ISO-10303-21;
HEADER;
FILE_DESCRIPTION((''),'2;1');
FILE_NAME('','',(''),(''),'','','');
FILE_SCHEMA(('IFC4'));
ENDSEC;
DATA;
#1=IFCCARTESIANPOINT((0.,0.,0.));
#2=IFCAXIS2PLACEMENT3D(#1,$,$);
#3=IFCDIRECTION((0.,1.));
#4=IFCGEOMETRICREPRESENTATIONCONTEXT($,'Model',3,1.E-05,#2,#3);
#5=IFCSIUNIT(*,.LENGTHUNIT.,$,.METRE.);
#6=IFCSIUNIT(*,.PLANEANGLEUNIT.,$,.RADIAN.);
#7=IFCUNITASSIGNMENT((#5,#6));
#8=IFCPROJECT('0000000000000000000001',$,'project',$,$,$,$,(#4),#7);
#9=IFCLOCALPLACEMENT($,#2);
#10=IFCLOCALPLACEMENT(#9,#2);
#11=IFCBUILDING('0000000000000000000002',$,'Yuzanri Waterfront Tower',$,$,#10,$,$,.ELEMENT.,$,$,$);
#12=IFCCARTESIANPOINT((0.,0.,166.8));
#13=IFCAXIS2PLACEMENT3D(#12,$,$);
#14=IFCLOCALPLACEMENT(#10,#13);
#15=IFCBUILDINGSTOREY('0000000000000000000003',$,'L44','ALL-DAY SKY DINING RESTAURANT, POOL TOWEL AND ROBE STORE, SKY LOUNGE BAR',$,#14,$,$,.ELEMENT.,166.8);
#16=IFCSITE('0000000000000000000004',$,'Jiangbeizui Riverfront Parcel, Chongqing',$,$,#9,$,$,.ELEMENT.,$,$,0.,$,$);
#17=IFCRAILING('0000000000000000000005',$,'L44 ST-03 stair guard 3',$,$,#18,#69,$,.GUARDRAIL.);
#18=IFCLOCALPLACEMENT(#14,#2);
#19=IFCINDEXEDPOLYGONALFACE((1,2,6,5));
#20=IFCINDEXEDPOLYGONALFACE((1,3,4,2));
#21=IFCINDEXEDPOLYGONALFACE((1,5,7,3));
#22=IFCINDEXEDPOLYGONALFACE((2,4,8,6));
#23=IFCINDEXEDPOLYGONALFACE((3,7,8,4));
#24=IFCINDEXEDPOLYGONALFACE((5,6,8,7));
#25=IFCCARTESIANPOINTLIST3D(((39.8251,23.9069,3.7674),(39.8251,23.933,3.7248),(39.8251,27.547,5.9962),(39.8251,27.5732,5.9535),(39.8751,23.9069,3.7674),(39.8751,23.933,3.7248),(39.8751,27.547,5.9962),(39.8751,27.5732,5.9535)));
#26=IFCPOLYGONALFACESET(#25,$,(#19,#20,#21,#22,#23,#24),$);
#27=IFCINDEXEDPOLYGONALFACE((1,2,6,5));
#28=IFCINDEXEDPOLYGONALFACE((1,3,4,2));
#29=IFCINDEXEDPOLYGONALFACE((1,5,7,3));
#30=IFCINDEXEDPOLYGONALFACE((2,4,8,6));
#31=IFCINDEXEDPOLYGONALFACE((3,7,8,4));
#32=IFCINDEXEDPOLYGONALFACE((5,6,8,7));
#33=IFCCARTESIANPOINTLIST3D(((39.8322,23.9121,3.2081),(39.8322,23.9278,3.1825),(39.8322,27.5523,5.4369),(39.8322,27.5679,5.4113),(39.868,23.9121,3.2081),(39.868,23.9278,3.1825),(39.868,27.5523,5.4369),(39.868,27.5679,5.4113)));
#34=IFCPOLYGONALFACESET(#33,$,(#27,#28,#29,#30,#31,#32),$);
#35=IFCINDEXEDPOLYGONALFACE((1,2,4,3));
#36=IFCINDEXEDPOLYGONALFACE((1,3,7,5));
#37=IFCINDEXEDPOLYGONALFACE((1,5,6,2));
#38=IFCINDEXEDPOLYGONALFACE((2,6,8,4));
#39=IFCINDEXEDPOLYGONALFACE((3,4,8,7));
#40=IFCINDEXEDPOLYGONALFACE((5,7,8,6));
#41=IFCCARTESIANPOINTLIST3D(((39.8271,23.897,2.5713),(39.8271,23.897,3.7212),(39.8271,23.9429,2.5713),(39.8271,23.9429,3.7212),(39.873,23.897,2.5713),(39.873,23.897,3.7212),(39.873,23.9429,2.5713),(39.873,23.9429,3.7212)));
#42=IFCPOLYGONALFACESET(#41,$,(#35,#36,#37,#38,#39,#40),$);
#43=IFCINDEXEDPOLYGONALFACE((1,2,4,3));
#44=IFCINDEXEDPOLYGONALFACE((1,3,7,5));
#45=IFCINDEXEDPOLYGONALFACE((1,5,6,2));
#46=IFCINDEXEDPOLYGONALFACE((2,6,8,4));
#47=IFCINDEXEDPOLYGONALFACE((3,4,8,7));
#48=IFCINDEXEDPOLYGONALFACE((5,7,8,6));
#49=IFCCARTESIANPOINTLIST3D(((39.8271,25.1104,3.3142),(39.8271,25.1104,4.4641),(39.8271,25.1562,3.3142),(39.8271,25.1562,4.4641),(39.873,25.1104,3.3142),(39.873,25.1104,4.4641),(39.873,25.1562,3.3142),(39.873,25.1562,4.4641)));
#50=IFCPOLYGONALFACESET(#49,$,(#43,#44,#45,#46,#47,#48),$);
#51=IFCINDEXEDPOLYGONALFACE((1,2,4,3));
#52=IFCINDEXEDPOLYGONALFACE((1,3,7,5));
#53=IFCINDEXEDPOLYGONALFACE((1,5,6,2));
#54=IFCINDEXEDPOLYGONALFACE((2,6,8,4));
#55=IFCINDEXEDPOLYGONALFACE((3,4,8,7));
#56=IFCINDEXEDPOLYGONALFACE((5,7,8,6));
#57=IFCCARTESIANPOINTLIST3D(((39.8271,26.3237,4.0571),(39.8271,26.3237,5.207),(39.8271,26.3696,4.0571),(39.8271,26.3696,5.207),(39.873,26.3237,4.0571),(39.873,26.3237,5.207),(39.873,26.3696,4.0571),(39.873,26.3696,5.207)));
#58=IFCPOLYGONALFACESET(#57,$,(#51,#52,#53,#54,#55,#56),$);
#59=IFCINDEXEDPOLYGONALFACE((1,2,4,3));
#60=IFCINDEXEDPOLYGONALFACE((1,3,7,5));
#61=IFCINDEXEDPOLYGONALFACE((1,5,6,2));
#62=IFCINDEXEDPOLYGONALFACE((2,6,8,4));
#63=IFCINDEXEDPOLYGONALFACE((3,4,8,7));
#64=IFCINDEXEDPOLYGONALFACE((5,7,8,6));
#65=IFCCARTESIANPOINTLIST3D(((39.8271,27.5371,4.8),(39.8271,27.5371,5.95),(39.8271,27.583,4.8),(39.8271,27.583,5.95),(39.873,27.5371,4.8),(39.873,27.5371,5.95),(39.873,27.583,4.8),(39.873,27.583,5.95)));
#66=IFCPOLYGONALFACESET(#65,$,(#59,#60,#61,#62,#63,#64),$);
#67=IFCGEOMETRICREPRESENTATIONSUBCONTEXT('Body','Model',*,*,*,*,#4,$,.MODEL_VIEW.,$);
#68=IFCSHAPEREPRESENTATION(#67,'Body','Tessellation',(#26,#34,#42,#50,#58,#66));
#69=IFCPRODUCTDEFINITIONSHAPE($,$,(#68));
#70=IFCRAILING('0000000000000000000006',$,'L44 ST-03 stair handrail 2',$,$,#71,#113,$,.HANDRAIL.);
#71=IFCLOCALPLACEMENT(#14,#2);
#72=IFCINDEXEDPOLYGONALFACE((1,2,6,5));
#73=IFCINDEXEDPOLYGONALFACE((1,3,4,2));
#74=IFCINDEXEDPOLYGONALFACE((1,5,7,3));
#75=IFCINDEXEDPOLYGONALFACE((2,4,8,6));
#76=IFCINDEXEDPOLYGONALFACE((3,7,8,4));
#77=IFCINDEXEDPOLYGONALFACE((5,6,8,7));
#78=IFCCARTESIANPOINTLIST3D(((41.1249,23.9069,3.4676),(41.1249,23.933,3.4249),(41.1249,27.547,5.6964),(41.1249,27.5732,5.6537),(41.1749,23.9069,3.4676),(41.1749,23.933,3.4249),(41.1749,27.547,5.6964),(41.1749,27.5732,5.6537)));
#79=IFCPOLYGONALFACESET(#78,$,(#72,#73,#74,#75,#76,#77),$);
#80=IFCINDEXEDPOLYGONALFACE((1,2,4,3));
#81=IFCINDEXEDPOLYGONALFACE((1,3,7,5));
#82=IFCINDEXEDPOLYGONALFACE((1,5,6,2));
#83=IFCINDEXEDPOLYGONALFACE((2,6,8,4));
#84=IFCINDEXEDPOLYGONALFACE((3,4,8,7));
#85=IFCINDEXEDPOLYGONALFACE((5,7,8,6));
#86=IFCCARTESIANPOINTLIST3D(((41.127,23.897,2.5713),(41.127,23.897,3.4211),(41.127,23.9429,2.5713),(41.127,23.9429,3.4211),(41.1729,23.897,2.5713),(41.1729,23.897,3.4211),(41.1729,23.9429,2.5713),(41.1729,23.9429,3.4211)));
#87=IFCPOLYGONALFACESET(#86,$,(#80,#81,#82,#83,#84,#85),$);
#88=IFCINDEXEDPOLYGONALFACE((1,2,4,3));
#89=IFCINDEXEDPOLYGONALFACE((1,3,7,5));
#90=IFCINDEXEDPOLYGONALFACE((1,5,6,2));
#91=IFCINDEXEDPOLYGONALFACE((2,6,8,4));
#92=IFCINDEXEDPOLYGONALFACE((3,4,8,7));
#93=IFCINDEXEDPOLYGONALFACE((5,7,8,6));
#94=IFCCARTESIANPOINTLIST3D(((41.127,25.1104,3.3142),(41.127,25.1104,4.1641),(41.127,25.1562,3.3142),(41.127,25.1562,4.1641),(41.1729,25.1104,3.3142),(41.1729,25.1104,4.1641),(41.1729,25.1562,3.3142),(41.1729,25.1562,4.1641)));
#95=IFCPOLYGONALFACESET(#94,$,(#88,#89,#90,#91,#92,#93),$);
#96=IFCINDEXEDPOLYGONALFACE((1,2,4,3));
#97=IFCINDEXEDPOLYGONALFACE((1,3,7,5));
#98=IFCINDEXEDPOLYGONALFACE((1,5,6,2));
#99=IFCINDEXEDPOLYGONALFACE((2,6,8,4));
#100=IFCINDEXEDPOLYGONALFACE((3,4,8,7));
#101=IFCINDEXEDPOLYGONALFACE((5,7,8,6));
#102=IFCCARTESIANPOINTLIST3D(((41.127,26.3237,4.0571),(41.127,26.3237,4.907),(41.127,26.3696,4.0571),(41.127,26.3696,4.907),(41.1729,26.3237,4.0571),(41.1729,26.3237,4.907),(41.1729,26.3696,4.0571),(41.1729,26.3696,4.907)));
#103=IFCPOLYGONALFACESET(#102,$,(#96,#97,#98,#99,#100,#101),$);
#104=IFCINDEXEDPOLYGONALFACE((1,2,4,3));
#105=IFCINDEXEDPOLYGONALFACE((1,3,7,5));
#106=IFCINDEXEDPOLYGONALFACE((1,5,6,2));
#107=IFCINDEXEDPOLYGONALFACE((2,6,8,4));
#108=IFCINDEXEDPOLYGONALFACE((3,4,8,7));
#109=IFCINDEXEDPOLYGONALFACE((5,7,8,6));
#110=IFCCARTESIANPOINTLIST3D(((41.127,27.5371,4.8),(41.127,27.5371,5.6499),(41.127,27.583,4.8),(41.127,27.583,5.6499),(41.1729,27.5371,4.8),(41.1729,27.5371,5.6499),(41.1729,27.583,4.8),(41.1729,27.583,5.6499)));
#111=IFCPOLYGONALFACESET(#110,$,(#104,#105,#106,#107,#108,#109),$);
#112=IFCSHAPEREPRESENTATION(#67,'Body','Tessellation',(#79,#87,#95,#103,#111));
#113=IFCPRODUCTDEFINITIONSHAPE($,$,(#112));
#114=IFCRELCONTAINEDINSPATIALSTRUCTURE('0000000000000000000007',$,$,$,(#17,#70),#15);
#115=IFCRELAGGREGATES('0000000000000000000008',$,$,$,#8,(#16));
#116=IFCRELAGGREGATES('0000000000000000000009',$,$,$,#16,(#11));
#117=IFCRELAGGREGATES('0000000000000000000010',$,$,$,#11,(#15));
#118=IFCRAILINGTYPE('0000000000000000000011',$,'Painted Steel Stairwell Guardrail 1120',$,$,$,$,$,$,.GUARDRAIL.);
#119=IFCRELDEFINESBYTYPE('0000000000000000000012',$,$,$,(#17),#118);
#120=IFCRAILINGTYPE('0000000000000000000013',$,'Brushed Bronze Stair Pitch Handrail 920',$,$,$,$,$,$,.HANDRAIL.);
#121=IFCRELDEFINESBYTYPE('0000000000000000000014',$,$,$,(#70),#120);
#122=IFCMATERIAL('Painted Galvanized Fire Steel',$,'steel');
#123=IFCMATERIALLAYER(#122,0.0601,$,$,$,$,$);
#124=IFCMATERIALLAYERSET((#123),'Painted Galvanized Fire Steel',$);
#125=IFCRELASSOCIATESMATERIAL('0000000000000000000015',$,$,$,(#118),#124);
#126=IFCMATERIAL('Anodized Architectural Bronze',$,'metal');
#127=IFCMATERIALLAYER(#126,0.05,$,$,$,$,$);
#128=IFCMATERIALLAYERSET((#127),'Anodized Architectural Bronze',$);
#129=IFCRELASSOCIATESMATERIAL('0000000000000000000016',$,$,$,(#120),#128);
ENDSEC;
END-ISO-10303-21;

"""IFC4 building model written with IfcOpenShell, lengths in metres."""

from ifc_helpers import new_model, si_unit, direction, frame, origin, origin_2d, place, context, subcontext, project, spatial, rectangle, extrude, source, transform, mapped, material, layer, layer_set, type_object, element, save


model = new_model("IFC4")

# Units and contexts
model_context = context("Model", 3, precision=1e-05, world=origin(), true_north=direction((0.0, 1.0)))
body_context = subcontext(model_context, "Body", "Model", "MODEL_VIEW")
ifc_project = project(units=[si_unit("LENGTHUNIT", "METRE"), si_unit("PLANEANGLEUNIT", "RADIAN")], contexts=[model_context])

# Site, building, storey
site_placement = place(None, origin())
site = spatial("IfcSite", under=ifc_project, at=site_placement, Name="Jiangbeizui Riverfront Parcel, Chongqing", CompositionType="ELEMENT", RefElevation=0.0)
building_placement = place(site_placement, origin())
building = spatial("IfcBuilding", under=site, at=building_placement, Name="Yuzanri Waterfront Tower", CompositionType="ELEMENT")
storey_placement = place(building_placement, frame((0.0, 0.0, 166.8)))
storey = spatial("IfcBuildingStorey", under=building, at=storey_placement, Name="L44", Description="ALL-DAY SKY DINING RESTAURANT, POOL TOWEL AND ROBE STORE, SKY LOUNGE BAR", CompositionType="ELEMENT", Elevation=166.8)

# Railings
ifc_material_1 = material(Name="Painted Galvanized Fire Steel", Category="steel")
ifc_layer_1 = layer(ifc_material_1, 0.0601)
ifc_layer_set_1 = layer_set([ifc_layer_1], Name="Painted Galvanized Fire Steel")
railing_type_1 = type_object("IfcRailingType", Name="Painted Steel Stairwell Guardrail 1120", PredefinedType="GUARDRAIL", material=ifc_layer_set_1)
shared_shape_1 = source(origin(), body_context, "Body", "SweptSolid", [
    extrude(rectangle(XDim=0.05, YDim=0.05, at=origin_2d()), frame((0.0, 0.0, 1.1748), z_axis=(0.0, 0.85284, 0.522172), x_axis=(-1.0, 0.0, 0.0)), (0.0, 0.0, 1.0), 4.2683),
    extrude(rectangle(XDim=0.0359, YDim=0.03, at=origin_2d()), frame((0.0, 0.0, 0.624), z_axis=(0.0, 0.85284, 0.522172), x_axis=(-1.0, 0.0, 0.0)), (0.0, 0.0, 1.0), 4.2683),
    extrude(rectangle(XDim=0.0459, YDim=0.0459, at=origin_2d()), origin(), (0.0, 0.0, 1.0), 1.1499),
    extrude(rectangle(XDim=0.0459, YDim=0.0459, at=origin_2d()), frame((0.0, 1.2134, 0.7429)), (0.0, 0.0, 1.0), 1.1499),
    extrude(rectangle(XDim=0.0459, YDim=0.0459, at=origin_2d()), frame((0.0, 2.4268, 1.4858)), (0.0, 0.0, 1.0), 1.1499),
    extrude(rectangle(XDim=0.0459, YDim=0.0459, at=origin_2d()), frame((0.0, 3.6401, 2.2288)), (0.0, 0.0, 1.0), 1.1499),
])
railing_1_placement = place(storey_placement, frame((39.8501, 23.9199, 2.5713)))
element("IfcRailing", 1, at=railing_1_placement, inside=storey, type_object=railing_type_1, Name="L44 ST-03 stair guard 3", PredefinedType="GUARDRAIL", context=body_context, shape_type="MappedRepresentation", body=[
    mapped(shared_shape_1, transform((0.0, 0.0, 0.0), scale=1.0)),
])
ifc_material_2 = material(Name="Anodized Architectural Bronze", Category="metal")
ifc_layer_2 = layer(ifc_material_2, 0.05)
ifc_layer_set_2 = layer_set([ifc_layer_2], Name="Anodized Architectural Bronze")
railing_type_2 = type_object("IfcRailingType", Name="Brushed Bronze Stair Pitch Handrail 920", PredefinedType="HANDRAIL", material=ifc_layer_set_2)
shared_shape_2 = source(origin(), body_context, "Body", "SweptSolid", [
    extrude(rectangle(XDim=0.05, YDim=0.05, at=origin_2d()), frame((0.0, 0.0, 0.875), z_axis=(0.0, 0.85284, 0.522172), x_axis=(-1.0, 0.0, 0.0)), (0.0, 0.0, 1.0), 4.2683),
    extrude(rectangle(XDim=0.0459, YDim=0.0459, at=origin_2d()), origin(), (0.0, 0.0, 1.0), 0.8499),
    extrude(rectangle(XDim=0.0459, YDim=0.0459, at=origin_2d()), frame((0.0, 1.2134, 0.7429)), (0.0, 0.0, 1.0), 0.8499),
    extrude(rectangle(XDim=0.0459, YDim=0.0459, at=origin_2d()), frame((0.0, 2.4268, 1.4858)), (0.0, 0.0, 1.0), 0.8499),
    extrude(rectangle(XDim=0.0459, YDim=0.0459, at=origin_2d()), frame((0.0, 3.6401, 2.2288)), (0.0, 0.0, 1.0), 0.8499),
])
railing_2_placement = place(storey_placement, frame((41.1499, 23.9199, 2.5713)))
element("IfcRailing", 2, at=railing_2_placement, inside=storey, type_object=railing_type_2, Name="L44 ST-03 stair handrail 2", PredefinedType="HANDRAIL", context=body_context, shape_type="MappedRepresentation", body=[
    mapped(shared_shape_2, transform((0.0, 0.0, 0.0), scale=1.0)),
])

save(model, "model.ifc")
